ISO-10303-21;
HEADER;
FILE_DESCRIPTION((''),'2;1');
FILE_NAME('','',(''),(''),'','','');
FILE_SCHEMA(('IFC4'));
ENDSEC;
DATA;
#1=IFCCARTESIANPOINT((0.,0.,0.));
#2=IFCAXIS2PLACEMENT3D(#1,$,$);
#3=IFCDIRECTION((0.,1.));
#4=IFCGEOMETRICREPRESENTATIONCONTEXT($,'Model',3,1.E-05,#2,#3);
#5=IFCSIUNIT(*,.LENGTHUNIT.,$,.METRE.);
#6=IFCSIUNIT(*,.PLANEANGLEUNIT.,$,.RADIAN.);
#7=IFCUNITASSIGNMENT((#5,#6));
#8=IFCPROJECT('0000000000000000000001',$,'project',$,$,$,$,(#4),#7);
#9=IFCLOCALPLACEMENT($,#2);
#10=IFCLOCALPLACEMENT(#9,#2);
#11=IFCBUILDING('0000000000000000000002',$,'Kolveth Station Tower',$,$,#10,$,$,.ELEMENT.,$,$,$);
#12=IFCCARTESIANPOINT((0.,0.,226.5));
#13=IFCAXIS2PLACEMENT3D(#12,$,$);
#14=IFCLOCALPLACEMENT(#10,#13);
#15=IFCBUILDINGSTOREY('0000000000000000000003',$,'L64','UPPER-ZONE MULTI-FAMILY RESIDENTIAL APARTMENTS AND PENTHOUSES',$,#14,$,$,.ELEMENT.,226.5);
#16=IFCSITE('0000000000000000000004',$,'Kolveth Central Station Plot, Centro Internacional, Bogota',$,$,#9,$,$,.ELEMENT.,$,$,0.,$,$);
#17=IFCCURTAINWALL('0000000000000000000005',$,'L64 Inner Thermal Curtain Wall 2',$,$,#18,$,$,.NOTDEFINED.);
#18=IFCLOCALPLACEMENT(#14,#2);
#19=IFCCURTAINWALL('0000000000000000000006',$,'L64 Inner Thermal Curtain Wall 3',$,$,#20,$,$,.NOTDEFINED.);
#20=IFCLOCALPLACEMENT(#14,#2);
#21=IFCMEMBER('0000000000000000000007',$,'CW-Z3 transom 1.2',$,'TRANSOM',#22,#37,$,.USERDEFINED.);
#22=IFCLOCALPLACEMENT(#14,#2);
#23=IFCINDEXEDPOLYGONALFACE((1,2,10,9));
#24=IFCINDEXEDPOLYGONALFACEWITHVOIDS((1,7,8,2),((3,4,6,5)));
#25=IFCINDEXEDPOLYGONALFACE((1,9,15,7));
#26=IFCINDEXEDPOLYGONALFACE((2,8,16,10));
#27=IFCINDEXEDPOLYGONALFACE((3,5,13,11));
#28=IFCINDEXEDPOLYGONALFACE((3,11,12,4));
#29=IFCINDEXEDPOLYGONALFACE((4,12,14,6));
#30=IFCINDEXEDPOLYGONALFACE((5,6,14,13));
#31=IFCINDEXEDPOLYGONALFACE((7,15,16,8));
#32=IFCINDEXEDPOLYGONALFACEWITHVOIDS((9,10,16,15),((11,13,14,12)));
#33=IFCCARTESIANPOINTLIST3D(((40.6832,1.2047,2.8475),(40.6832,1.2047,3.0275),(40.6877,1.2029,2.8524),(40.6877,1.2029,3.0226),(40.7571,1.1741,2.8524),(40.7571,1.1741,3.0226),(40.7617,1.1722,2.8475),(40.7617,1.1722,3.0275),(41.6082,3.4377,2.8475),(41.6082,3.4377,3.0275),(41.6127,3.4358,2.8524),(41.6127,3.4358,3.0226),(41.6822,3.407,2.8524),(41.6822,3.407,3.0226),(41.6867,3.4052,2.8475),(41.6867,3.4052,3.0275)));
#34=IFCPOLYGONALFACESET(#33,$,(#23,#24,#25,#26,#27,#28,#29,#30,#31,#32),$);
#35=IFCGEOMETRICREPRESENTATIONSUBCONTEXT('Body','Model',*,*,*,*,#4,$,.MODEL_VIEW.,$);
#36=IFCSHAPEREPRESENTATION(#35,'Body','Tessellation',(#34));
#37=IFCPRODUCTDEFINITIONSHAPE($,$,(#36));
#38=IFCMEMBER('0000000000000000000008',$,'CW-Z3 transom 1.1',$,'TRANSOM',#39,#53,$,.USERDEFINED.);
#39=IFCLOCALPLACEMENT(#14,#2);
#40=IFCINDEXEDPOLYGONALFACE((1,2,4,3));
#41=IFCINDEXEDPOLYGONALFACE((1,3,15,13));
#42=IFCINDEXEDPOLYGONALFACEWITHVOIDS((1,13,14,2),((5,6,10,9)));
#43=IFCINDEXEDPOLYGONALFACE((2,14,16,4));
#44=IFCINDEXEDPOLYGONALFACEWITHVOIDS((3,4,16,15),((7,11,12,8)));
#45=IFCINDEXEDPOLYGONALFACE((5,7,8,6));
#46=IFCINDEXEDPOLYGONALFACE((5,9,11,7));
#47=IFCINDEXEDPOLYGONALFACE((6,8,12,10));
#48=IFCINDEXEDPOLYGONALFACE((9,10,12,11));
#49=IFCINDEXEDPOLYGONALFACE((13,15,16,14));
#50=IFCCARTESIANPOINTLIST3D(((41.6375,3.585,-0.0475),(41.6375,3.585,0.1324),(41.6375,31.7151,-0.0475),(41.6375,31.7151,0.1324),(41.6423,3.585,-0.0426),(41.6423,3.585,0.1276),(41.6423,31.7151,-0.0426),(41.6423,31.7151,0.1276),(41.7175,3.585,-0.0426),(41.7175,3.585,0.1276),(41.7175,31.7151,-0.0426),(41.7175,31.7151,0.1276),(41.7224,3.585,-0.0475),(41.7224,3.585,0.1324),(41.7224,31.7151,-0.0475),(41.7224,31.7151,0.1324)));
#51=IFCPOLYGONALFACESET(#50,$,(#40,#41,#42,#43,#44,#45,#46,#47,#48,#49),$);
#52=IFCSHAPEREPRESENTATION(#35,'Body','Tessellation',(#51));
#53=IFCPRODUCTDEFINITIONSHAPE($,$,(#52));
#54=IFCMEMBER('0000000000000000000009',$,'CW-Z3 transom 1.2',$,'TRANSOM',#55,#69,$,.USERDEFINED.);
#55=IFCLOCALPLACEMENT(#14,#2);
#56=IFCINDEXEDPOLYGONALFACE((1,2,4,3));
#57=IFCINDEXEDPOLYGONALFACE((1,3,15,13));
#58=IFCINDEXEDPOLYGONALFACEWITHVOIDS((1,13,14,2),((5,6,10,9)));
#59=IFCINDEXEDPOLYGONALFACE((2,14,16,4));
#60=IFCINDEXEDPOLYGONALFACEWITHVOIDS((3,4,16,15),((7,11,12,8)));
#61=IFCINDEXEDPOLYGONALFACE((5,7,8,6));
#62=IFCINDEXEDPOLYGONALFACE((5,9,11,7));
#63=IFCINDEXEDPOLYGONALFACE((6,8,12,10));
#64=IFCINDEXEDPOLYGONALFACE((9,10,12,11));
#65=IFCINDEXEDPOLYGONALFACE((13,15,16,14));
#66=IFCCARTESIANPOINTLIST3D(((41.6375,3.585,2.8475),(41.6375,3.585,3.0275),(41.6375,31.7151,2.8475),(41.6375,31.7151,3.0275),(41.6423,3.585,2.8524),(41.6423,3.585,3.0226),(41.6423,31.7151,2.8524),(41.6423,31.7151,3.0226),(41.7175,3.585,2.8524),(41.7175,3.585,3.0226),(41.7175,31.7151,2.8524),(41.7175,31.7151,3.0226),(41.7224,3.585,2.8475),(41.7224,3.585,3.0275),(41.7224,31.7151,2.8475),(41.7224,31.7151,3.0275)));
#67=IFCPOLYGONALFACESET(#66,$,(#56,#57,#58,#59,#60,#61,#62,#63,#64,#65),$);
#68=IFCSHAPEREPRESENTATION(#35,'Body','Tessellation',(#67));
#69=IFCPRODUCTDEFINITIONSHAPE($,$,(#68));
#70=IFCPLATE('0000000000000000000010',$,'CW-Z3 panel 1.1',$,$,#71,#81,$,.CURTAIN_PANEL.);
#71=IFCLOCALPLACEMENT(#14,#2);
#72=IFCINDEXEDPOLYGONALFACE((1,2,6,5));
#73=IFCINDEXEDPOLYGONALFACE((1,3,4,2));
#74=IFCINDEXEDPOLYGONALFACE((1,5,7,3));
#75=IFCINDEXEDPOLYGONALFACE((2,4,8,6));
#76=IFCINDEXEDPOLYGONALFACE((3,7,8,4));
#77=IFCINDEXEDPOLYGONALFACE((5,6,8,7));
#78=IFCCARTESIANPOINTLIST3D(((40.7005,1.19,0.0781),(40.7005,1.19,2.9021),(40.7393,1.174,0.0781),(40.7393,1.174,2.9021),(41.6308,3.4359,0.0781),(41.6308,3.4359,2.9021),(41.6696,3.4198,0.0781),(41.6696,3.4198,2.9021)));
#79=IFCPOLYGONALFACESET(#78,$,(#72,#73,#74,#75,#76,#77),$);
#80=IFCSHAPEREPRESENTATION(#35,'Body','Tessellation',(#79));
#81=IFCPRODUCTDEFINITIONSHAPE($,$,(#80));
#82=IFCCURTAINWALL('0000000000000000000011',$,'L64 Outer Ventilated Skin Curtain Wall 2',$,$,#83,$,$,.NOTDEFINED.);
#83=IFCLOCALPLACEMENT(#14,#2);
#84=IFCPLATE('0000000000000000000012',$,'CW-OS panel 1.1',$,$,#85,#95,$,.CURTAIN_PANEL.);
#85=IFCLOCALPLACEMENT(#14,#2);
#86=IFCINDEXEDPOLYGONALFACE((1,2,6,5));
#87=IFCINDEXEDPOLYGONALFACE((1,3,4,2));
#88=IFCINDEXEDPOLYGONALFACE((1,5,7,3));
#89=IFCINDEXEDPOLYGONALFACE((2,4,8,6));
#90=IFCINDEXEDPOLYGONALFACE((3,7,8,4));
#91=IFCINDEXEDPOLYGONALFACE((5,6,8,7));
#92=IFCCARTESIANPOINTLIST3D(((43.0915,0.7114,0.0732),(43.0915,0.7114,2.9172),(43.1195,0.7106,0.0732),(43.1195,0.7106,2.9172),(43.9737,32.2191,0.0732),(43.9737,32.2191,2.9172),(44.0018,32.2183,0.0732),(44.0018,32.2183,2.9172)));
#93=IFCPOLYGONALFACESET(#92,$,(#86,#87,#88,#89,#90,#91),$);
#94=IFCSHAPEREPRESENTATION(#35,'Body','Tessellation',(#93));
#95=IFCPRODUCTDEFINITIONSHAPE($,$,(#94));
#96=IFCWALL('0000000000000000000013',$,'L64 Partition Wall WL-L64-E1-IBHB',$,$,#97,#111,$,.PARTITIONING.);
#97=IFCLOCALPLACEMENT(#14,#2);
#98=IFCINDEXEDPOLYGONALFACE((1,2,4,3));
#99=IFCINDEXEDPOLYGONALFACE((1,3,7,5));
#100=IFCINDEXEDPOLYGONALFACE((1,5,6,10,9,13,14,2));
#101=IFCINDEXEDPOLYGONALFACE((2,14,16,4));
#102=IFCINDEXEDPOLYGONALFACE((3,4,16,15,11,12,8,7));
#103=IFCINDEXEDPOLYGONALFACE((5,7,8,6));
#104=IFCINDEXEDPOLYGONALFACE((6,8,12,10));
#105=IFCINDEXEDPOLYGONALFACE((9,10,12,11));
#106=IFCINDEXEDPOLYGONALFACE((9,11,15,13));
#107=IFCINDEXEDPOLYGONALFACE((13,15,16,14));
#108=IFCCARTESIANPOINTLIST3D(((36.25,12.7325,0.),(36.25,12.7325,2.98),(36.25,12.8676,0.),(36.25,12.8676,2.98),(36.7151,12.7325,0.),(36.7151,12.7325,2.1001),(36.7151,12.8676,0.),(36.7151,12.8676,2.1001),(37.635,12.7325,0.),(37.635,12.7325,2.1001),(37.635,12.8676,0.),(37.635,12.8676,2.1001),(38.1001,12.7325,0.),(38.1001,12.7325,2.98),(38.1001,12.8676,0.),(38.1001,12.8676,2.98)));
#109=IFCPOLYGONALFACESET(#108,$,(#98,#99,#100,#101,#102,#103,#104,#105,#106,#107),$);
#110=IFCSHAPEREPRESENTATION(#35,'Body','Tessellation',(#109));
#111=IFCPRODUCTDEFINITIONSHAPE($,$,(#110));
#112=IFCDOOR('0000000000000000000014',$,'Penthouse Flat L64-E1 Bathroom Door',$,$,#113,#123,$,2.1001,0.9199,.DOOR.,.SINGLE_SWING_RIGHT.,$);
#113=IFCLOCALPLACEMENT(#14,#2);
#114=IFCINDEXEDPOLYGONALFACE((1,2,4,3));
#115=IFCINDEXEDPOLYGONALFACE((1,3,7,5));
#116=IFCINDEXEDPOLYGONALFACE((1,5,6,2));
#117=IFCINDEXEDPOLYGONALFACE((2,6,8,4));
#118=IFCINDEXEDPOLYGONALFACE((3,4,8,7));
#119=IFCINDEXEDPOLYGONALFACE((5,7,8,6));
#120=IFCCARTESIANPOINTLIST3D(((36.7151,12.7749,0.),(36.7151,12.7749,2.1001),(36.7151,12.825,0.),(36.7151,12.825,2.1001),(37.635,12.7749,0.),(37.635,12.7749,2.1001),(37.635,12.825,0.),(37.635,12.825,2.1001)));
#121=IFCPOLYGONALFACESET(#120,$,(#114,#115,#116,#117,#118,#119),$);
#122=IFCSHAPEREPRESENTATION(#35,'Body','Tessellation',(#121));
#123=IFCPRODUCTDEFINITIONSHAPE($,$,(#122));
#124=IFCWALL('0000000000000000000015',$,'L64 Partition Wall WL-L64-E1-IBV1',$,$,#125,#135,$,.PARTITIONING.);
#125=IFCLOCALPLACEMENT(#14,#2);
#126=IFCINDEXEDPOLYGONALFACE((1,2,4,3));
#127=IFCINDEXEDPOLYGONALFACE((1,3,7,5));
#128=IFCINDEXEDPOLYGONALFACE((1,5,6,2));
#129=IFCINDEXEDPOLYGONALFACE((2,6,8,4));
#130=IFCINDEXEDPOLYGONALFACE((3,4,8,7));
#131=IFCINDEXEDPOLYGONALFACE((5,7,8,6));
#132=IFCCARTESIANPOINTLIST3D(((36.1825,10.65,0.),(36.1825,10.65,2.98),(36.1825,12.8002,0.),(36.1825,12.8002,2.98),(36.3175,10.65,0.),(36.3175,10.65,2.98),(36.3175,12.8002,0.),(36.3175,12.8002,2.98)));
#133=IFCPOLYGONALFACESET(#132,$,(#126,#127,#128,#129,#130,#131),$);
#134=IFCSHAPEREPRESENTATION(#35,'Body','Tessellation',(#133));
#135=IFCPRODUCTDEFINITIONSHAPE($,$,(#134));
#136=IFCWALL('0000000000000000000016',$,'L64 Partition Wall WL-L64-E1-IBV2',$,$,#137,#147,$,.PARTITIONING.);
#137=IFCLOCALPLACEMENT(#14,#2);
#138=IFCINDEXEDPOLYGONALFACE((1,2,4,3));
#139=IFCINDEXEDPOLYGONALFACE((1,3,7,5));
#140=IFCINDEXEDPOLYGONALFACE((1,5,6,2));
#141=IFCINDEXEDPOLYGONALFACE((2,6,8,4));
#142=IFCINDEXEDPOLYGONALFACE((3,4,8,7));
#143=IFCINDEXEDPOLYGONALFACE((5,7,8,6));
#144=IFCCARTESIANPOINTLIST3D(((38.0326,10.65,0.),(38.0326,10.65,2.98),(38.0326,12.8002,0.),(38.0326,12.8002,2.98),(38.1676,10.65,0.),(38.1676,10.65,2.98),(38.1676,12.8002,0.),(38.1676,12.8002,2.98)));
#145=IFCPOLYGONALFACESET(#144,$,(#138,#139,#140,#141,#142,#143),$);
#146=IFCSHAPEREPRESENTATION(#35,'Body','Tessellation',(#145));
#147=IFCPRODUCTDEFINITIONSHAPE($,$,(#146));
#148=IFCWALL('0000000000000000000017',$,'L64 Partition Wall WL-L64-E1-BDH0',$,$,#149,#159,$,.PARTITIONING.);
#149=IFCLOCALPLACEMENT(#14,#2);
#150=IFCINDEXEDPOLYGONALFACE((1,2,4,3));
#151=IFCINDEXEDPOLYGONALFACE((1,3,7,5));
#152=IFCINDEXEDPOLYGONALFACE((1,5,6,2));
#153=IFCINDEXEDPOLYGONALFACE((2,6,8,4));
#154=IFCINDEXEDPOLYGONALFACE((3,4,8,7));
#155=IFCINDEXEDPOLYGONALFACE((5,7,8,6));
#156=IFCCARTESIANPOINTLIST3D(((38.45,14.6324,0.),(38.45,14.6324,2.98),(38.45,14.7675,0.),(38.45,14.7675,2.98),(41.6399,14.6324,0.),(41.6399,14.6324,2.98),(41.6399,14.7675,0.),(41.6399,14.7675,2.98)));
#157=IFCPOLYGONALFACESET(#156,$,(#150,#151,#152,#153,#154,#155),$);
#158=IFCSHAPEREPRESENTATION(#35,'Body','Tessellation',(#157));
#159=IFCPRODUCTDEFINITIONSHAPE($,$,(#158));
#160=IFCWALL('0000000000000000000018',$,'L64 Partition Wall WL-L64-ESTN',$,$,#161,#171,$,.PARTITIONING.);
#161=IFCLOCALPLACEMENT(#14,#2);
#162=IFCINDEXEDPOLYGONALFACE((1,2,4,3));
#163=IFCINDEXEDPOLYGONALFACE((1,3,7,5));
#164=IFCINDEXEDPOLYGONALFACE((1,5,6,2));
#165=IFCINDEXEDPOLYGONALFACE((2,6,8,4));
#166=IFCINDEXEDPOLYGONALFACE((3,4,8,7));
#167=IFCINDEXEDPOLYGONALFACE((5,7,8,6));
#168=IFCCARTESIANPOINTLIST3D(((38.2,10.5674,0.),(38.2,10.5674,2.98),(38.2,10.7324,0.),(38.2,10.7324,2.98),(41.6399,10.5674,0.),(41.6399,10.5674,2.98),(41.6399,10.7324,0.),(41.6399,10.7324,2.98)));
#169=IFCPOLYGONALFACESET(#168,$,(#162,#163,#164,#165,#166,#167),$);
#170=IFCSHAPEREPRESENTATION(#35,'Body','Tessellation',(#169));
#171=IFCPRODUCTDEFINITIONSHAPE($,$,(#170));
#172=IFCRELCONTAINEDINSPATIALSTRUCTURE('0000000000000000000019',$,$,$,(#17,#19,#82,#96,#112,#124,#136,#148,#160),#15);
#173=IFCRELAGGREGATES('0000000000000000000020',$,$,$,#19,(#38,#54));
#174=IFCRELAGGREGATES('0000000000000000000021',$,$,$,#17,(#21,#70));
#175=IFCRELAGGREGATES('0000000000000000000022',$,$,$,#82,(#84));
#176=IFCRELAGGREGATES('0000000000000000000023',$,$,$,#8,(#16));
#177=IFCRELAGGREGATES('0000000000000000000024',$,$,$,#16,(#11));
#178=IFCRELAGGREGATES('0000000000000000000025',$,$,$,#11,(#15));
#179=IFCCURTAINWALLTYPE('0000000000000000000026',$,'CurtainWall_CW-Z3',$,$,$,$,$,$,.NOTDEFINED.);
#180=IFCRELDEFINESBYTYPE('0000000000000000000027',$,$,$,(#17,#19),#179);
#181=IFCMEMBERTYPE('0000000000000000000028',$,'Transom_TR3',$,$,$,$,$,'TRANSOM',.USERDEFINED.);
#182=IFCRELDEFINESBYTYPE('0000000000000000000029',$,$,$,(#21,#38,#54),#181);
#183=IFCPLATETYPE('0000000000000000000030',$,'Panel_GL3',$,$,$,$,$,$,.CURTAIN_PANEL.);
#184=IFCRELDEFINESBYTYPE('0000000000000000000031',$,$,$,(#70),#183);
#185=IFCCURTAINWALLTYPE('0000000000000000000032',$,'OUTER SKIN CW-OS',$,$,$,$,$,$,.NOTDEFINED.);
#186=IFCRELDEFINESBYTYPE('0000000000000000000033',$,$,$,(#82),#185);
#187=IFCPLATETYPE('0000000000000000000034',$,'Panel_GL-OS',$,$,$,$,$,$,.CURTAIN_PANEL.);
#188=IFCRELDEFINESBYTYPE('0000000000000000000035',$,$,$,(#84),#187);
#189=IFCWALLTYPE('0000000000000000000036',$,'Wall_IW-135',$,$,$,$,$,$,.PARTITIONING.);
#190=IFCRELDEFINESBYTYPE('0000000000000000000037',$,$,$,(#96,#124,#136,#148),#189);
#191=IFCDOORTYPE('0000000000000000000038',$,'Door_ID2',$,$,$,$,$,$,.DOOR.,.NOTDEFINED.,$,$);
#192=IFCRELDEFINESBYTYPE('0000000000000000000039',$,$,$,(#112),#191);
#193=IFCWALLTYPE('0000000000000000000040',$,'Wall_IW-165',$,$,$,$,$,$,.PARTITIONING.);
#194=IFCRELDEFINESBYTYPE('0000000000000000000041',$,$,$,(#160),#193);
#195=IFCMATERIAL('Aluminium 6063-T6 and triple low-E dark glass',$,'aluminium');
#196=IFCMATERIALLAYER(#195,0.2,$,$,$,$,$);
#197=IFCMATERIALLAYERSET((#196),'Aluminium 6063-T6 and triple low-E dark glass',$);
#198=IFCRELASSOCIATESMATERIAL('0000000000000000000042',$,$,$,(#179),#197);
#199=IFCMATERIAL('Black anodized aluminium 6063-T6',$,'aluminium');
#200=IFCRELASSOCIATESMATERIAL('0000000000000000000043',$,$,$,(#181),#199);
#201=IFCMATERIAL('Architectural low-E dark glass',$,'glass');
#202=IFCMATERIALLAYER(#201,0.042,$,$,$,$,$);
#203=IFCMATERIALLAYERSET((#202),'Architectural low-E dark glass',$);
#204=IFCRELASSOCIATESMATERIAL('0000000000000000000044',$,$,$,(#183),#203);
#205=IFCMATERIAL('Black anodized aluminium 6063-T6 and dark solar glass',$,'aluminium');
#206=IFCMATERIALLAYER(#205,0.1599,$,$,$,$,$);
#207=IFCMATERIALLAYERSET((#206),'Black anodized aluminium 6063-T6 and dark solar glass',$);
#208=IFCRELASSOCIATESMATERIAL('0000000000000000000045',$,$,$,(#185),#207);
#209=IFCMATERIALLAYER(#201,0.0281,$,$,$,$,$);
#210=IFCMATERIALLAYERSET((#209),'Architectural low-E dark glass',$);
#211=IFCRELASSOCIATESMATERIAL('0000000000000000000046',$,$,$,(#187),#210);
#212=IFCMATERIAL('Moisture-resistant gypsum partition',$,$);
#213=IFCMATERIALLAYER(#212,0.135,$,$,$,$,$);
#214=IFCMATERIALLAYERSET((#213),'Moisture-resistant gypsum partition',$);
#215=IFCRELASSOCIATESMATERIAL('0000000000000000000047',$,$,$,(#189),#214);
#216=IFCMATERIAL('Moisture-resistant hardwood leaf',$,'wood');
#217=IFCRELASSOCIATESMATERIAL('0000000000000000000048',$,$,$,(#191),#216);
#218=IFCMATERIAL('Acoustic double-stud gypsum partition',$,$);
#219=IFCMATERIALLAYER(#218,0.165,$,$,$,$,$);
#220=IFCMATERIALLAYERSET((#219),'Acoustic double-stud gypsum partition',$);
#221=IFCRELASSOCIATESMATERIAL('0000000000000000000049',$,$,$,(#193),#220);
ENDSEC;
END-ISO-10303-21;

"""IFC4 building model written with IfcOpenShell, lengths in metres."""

from ifc_helpers import new_model, si_unit, direction, frame, frame_2d, origin, origin_2d, place, context, subcontext, project, spatial, rectangle, hollow_rectangle, extrude, source, transform, mapped, material, layer, layer_set, material_profile, profile_set, type_object, element, fill, aggregate, save


model = new_model("IFC4")

# Units and contexts
model_context = context("Model", 3, precision=1e-05, world=origin(), true_north=direction((0.0, 1.0)))
body_context = subcontext(model_context, "Body", "Model", "MODEL_VIEW")
ifc_project = project(units=[si_unit("LENGTHUNIT", "METRE"), si_unit("PLANEANGLEUNIT", "RADIAN")], contexts=[model_context])

# Site, building, storey
site_placement = place(None, origin())
site = spatial("IfcSite", under=ifc_project, at=site_placement, Name="Kolveth Central Station Plot, Centro Internacional, Bogota", CompositionType="ELEMENT", RefElevation=0.0)
building_placement = place(site_placement, origin())
building = spatial("IfcBuilding", under=site, at=building_placement, Name="Kolveth Station Tower", CompositionType="ELEMENT")
storey_placement = place(building_placement, frame((0.0, 0.0, 226.5)))
storey = spatial("IfcBuildingStorey", under=building, at=storey_placement, Name="L64", Description="UPPER-ZONE MULTI-FAMILY RESIDENTIAL APARTMENTS AND PENTHOUSES", CompositionType="ELEMENT", Elevation=226.5)

# Curtain walls
ifc_material_1 = material(Name="Aluminium 6063-T6 and triple low-E dark glass", Category="aluminium")
ifc_layer_1 = layer(ifc_material_1, 0.2)
ifc_layer_set_1 = layer_set([ifc_layer_1], Name="Aluminium 6063-T6 and triple low-E dark glass")
curtain_wall_type_1 = type_object("IfcCurtainWallType", Name="CurtainWall_CW-Z3", PredefinedType="NOTDEFINED", material=ifc_layer_set_1)
curtain_wall_1_placement = place(storey_placement, origin())
curtain_wall_1 = element("IfcCurtainWall", 1, at=curtain_wall_1_placement, inside=storey, type_object=curtain_wall_type_1, Name="L64 Inner Thermal Curtain Wall 2", PredefinedType="NOTDEFINED")
ifc_material_2 = material(Name="Black anodized aluminium 6063-T6", Category="aluminium")
curtain_wall_2_placement = place(storey_placement, origin())
curtain_wall_2 = element("IfcCurtainWall", 2, at=curtain_wall_2_placement, inside=storey, type_object=curtain_wall_type_1, Name="L64 Inner Thermal Curtain Wall 3", PredefinedType="NOTDEFINED")

# Members
ifc_material_profile_1 = material_profile(ifc_material_2, hollow_rectangle(XDim=0.085, YDim=0.1799, WallThickness=0.0049, at=origin_2d()), Name="ALU-85x180x5")
ifc_profile_set_1 = profile_set([ifc_material_profile_1], Name="Black anodized aluminium 6063-T6")
member_type_1 = type_object("IfcMemberType", Name="Transom_TR3", ElementType="TRANSOM", PredefinedType="USERDEFINED", material=ifc_profile_set_1)
shared_shape_1 = source(origin(), body_context, "Body", "SweptSolid", [
    extrude(hollow_rectangle(XDim=0.085, YDim=0.1799, WallThickness=0.0049, at=origin_2d()), origin(), (0.0, 0.0, 1.0), 2.417),
])
member_1_placement = place(storey_placement, frame((40.7224, 1.1885, 2.9375), z_axis=(0.382735, 0.923858, 0.0), x_axis=(-0.923858, 0.382735, 0.0)))
member_1 = element("IfcMember", 3, at=member_1_placement, type_object=member_type_1, Name="CW-Z3 transom 1.2", ObjectType="TRANSOM", PredefinedType="USERDEFINED", context=body_context, shape_type="MappedRepresentation", body=[
    mapped(shared_shape_1, transform((0.0, 0.0, 0.0), x_axis=(1.0, 0.0, 0.0), y_axis=(0.0, 1.0, 0.0), z_axis=(0.0, 0.0, 1.0), scale=1.0)),
])
shared_shape_2 = source(origin(), body_context, "Body", "SweptSolid", [
    extrude(hollow_rectangle(XDim=0.085, YDim=0.1799, WallThickness=0.0049, at=origin_2d()), origin(), (0.0, 0.0, 1.0), 28.1301),
])
member_2_placement = place(storey_placement, frame((41.6799, 3.585, 0.0425), z_axis=(0.0, 1.0, 0.0), x_axis=(-1.0, 0.0, 0.0)))
member_2 = element("IfcMember", 4, at=member_2_placement, type_object=member_type_1, Name="CW-Z3 transom 1.1", ObjectType="TRANSOM", PredefinedType="USERDEFINED", context=body_context, shape_type="MappedRepresentation", body=[
    mapped(shared_shape_2, transform((0.0, 0.0, 0.0), x_axis=(1.0, 0.0, 0.0), y_axis=(0.0, 1.0, 0.0), z_axis=(0.0, 0.0, 1.0), scale=1.0)),
])
member_3_placement = place(storey_placement, frame((41.6799, 3.585, 2.9375), z_axis=(0.0, 1.0, 0.0), x_axis=(-1.0, 0.0, 0.0)))
member_3 = element("IfcMember", 5, at=member_3_placement, type_object=member_type_1, Name="CW-Z3 transom 1.2", ObjectType="TRANSOM", PredefinedType="USERDEFINED", context=body_context, shape_type="MappedRepresentation", body=[
    mapped(shared_shape_2, transform((0.0, 0.0, 0.0), x_axis=(1.0, 0.0, 0.0), y_axis=(0.0, 1.0, 0.0), z_axis=(0.0, 0.0, 1.0), scale=1.0)),
])
aggregate(curtain_wall_2, [member_2, member_3])

# Plate
ifc_material_3 = material(Name="Architectural low-E dark glass", Category="glass")
ifc_layer_2 = layer(ifc_material_3, 0.042)
ifc_layer_set_2 = layer_set([ifc_layer_2], Name="Architectural low-E dark glass")
plate_type_1 = type_object("IfcPlateType", Name="Panel_GL3", PredefinedType="CURTAIN_PANEL", material=ifc_layer_set_2)
shared_shape_3 = source(origin(), body_context, "Body", "SweptSolid", [
    extrude(rectangle(XDim=2.4309, YDim=0.042, at=origin_2d()), origin(), (0.0, 0.0, 1.0), 2.824),
])
plate_1_placement = place(storey_placement, frame((41.1851, 2.3049, 0.0781), z_axis=(0.0, 0.0, 1.0), x_axis=(0.382693, 0.923875, 0.0)))
plate_1 = element("IfcPlate", 6, at=plate_1_placement, type_object=plate_type_1, Name="CW-Z3 panel 1.1", PredefinedType="CURTAIN_PANEL", context=body_context, shape_type="MappedRepresentation", body=[
    mapped(shared_shape_3, transform((0.0, 0.0, 0.0), x_axis=(1.0, 0.0, 0.0), y_axis=(0.0, 1.0, 0.0), z_axis=(0.0, 0.0, 1.0), scale=1.0)),
])
aggregate(curtain_wall_1, [member_1, plate_1])

# Curtain wall, plate
ifc_material_4 = material(Name="Black anodized aluminium 6063-T6 and dark solar glass", Category="aluminium")
ifc_layer_3 = layer(ifc_material_4, 0.1599)
ifc_layer_set_3 = layer_set([ifc_layer_3], Name="Black anodized aluminium 6063-T6 and dark solar glass")
curtain_wall_type_2 = type_object("IfcCurtainWallType", Name="OUTER SKIN CW-OS", PredefinedType="NOTDEFINED", material=ifc_layer_set_3)
curtain_wall_3_placement = place(storey_placement, origin())
curtain_wall_3 = element("IfcCurtainWall", 7, at=curtain_wall_3_placement, inside=storey, type_object=curtain_wall_type_2, Name="L64 Outer Ventilated Skin Curtain Wall 2", PredefinedType="NOTDEFINED")
ifc_layer_4 = layer(ifc_material_3, 0.0281)
ifc_layer_set_4 = layer_set([ifc_layer_4], Name="Architectural low-E dark glass")
plate_type_2 = type_object("IfcPlateType", Name="Panel_GL-OS", PredefinedType="CURTAIN_PANEL", material=ifc_layer_set_4)
shared_shape_4 = source(origin(), body_context, "Body", "SweptSolid", [
    extrude(rectangle(XDim=31.52, YDim=0.0281, at=origin_2d()), origin(), (0.0, 0.0, 1.0), 2.844),
])
plate_2_placement = place(storey_placement, frame((43.5466, 16.4648, 0.0732), z_axis=(0.0, 0.0, 1.0), x_axis=(0.02799, 0.999608, 0.0)))
plate_2 = element("IfcPlate", 8, at=plate_2_placement, type_object=plate_type_2, Name="CW-OS panel 1.1", PredefinedType="CURTAIN_PANEL", context=body_context, shape_type="MappedRepresentation", body=[
    mapped(shared_shape_4, transform((0.0, 0.0, 0.0), x_axis=(1.0, 0.0, 0.0), y_axis=(0.0, 1.0, 0.0), z_axis=(0.0, 0.0, 1.0), scale=1.0)),
])
aggregate(curtain_wall_3, [plate_2])

# Wall, opening, door
ifc_material_5 = material(Name="Moisture-resistant gypsum partition")
ifc_layer_5 = layer(ifc_material_5, 0.135)
ifc_layer_set_5 = layer_set([ifc_layer_5], Name="Moisture-resistant gypsum partition")
wall_type_1 = type_object("IfcWallType", Name="Wall_IW-135", PredefinedType="PARTITIONING", material=ifc_layer_set_5)
wall_1_placement = place(storey_placement, frame((36.25, 12.8, 0.0), z_axis=(0.0, 0.0, 1.0), x_axis=(1.0, 0.0, 0.0)))
wall_1 = element("IfcWall", 9, at=wall_1_placement, inside=storey, type_object=wall_type_1, Name="L64 Partition Wall WL-L64-E1-IBHB", PredefinedType="PARTITIONING", context=body_context, shape_type="SweptSolid", body=[
    extrude(rectangle(XDim=1.8501, YDim=0.135, at=frame_2d((0.925, 0.0))), origin(), (0.0, 0.0, 1.0), 2.98),
])
opening_1_placement = place(wall_1_placement, frame((0.4651, 0.0, 0.0)))
opening_1 = element("IfcOpeningElement", 10, at=opening_1_placement, cuts=wall_1, PredefinedType="OPENING", context=body_context, shape_type="SweptSolid", body=[
    extrude(rectangle(XDim=0.9199, YDim=2.1001, at=frame_2d((0.46, 1.05))), frame((0.0, 0.0774, 0.0), z_axis=(0.0, -1.0, 0.0), x_axis=(1.0, 0.0, 0.0)), (0.0, 0.0, 1.0), 0.155),
])
ifc_material_6 = material(Name="Moisture-resistant hardwood leaf", Category="wood")
door_type_1 = type_object("IfcDoorType", Name="Door_ID2", OperationType="NOTDEFINED", PredefinedType="DOOR", material=ifc_material_6)
door_1_placement = place(opening_1_placement, origin())
door_1 = element("IfcDoor", 11, at=door_1_placement, inside=storey, type_object=door_type_1, Name="Penthouse Flat L64-E1 Bathroom Door", OperationType="SINGLE_SWING_RIGHT", OverallHeight=2.1001, OverallWidth=0.9199, PredefinedType="DOOR", context=body_context, shape_type="SweptSolid", body=[
    extrude(rectangle(XDim=0.9199, YDim=2.1001, at=frame_2d((0.46, 1.05))), frame((0.0, 0.0249, 0.0), z_axis=(0.0, -1.0, 0.0), x_axis=(1.0, 0.0, 0.0)), (0.0, 0.0, 1.0), 0.05),
])
fill(opening_1, door_1)

# Walls
for number, where, z_axis, x_axis, name in (
    (12, (36.25, 10.6499, 0.0), (0.0, 0.0, 1.0), (0.0, 1.0, 0.0), "L64 Partition Wall WL-L64-E1-IBV1"),
    (13, (38.1001, 10.6499, 0.0), (0.0, 0.0, 1.0), (0.0, 1.0, 0.0), "L64 Partition Wall WL-L64-E1-IBV2"),
):
    element("IfcWall", number, at=place(storey_placement, frame(where, z_axis=z_axis, x_axis=x_axis)), inside=storey, type_object=wall_type_1, Name=name, PredefinedType="PARTITIONING", context=body_context, shape_type="SweptSolid", body=[
        extrude(rectangle(XDim=2.1501, YDim=0.135, at=frame_2d((1.0752, 0.0))), origin(), (0.0, 0.0, 1.0), 2.98),
    ])
wall_2_placement = place(storey_placement, frame((38.45, 14.7, 0.0), z_axis=(0.0, 0.0, 1.0), x_axis=(1.0, 0.0, 0.0)))
element("IfcWall", 14, at=wall_2_placement, inside=storey, type_object=wall_type_1, Name="L64 Partition Wall WL-L64-E1-BDH0", PredefinedType="PARTITIONING", context=body_context, shape_type="SweptSolid", body=[
    extrude(rectangle(XDim=3.1899, YDim=0.135, at=frame_2d((1.595, 0.0))), origin(), (0.0, 0.0, 1.0), 2.98),
])

# Shared definitions
ifc_material_7 = material(Name="Acoustic double-stud gypsum partition")
ifc_layer_6 = layer(ifc_material_7, 0.165)
ifc_layer_set_6 = layer_set([ifc_layer_6], Name="Acoustic double-stud gypsum partition")
wall_type_2 = type_object("IfcWallType", Name="Wall_IW-165", PredefinedType="PARTITIONING", material=ifc_layer_set_6)

# Wall
wall_3_placement = place(storey_placement, frame((38.2, 10.6499, 0.0), z_axis=(0.0, 0.0, 1.0), x_axis=(1.0, 0.0, 0.0)))
element("IfcWall", 15, at=wall_3_placement, inside=storey, type_object=wall_type_2, Name="L64 Partition Wall WL-L64-ESTN", PredefinedType="PARTITIONING", context=body_context, shape_type="SweptSolid", body=[
    extrude(rectangle(XDim=3.4399, YDim=0.165, at=frame_2d((1.72, 0.0))), origin(), (0.0, 0.0, 1.0), 2.98),
])

save(model, "model.ifc")
